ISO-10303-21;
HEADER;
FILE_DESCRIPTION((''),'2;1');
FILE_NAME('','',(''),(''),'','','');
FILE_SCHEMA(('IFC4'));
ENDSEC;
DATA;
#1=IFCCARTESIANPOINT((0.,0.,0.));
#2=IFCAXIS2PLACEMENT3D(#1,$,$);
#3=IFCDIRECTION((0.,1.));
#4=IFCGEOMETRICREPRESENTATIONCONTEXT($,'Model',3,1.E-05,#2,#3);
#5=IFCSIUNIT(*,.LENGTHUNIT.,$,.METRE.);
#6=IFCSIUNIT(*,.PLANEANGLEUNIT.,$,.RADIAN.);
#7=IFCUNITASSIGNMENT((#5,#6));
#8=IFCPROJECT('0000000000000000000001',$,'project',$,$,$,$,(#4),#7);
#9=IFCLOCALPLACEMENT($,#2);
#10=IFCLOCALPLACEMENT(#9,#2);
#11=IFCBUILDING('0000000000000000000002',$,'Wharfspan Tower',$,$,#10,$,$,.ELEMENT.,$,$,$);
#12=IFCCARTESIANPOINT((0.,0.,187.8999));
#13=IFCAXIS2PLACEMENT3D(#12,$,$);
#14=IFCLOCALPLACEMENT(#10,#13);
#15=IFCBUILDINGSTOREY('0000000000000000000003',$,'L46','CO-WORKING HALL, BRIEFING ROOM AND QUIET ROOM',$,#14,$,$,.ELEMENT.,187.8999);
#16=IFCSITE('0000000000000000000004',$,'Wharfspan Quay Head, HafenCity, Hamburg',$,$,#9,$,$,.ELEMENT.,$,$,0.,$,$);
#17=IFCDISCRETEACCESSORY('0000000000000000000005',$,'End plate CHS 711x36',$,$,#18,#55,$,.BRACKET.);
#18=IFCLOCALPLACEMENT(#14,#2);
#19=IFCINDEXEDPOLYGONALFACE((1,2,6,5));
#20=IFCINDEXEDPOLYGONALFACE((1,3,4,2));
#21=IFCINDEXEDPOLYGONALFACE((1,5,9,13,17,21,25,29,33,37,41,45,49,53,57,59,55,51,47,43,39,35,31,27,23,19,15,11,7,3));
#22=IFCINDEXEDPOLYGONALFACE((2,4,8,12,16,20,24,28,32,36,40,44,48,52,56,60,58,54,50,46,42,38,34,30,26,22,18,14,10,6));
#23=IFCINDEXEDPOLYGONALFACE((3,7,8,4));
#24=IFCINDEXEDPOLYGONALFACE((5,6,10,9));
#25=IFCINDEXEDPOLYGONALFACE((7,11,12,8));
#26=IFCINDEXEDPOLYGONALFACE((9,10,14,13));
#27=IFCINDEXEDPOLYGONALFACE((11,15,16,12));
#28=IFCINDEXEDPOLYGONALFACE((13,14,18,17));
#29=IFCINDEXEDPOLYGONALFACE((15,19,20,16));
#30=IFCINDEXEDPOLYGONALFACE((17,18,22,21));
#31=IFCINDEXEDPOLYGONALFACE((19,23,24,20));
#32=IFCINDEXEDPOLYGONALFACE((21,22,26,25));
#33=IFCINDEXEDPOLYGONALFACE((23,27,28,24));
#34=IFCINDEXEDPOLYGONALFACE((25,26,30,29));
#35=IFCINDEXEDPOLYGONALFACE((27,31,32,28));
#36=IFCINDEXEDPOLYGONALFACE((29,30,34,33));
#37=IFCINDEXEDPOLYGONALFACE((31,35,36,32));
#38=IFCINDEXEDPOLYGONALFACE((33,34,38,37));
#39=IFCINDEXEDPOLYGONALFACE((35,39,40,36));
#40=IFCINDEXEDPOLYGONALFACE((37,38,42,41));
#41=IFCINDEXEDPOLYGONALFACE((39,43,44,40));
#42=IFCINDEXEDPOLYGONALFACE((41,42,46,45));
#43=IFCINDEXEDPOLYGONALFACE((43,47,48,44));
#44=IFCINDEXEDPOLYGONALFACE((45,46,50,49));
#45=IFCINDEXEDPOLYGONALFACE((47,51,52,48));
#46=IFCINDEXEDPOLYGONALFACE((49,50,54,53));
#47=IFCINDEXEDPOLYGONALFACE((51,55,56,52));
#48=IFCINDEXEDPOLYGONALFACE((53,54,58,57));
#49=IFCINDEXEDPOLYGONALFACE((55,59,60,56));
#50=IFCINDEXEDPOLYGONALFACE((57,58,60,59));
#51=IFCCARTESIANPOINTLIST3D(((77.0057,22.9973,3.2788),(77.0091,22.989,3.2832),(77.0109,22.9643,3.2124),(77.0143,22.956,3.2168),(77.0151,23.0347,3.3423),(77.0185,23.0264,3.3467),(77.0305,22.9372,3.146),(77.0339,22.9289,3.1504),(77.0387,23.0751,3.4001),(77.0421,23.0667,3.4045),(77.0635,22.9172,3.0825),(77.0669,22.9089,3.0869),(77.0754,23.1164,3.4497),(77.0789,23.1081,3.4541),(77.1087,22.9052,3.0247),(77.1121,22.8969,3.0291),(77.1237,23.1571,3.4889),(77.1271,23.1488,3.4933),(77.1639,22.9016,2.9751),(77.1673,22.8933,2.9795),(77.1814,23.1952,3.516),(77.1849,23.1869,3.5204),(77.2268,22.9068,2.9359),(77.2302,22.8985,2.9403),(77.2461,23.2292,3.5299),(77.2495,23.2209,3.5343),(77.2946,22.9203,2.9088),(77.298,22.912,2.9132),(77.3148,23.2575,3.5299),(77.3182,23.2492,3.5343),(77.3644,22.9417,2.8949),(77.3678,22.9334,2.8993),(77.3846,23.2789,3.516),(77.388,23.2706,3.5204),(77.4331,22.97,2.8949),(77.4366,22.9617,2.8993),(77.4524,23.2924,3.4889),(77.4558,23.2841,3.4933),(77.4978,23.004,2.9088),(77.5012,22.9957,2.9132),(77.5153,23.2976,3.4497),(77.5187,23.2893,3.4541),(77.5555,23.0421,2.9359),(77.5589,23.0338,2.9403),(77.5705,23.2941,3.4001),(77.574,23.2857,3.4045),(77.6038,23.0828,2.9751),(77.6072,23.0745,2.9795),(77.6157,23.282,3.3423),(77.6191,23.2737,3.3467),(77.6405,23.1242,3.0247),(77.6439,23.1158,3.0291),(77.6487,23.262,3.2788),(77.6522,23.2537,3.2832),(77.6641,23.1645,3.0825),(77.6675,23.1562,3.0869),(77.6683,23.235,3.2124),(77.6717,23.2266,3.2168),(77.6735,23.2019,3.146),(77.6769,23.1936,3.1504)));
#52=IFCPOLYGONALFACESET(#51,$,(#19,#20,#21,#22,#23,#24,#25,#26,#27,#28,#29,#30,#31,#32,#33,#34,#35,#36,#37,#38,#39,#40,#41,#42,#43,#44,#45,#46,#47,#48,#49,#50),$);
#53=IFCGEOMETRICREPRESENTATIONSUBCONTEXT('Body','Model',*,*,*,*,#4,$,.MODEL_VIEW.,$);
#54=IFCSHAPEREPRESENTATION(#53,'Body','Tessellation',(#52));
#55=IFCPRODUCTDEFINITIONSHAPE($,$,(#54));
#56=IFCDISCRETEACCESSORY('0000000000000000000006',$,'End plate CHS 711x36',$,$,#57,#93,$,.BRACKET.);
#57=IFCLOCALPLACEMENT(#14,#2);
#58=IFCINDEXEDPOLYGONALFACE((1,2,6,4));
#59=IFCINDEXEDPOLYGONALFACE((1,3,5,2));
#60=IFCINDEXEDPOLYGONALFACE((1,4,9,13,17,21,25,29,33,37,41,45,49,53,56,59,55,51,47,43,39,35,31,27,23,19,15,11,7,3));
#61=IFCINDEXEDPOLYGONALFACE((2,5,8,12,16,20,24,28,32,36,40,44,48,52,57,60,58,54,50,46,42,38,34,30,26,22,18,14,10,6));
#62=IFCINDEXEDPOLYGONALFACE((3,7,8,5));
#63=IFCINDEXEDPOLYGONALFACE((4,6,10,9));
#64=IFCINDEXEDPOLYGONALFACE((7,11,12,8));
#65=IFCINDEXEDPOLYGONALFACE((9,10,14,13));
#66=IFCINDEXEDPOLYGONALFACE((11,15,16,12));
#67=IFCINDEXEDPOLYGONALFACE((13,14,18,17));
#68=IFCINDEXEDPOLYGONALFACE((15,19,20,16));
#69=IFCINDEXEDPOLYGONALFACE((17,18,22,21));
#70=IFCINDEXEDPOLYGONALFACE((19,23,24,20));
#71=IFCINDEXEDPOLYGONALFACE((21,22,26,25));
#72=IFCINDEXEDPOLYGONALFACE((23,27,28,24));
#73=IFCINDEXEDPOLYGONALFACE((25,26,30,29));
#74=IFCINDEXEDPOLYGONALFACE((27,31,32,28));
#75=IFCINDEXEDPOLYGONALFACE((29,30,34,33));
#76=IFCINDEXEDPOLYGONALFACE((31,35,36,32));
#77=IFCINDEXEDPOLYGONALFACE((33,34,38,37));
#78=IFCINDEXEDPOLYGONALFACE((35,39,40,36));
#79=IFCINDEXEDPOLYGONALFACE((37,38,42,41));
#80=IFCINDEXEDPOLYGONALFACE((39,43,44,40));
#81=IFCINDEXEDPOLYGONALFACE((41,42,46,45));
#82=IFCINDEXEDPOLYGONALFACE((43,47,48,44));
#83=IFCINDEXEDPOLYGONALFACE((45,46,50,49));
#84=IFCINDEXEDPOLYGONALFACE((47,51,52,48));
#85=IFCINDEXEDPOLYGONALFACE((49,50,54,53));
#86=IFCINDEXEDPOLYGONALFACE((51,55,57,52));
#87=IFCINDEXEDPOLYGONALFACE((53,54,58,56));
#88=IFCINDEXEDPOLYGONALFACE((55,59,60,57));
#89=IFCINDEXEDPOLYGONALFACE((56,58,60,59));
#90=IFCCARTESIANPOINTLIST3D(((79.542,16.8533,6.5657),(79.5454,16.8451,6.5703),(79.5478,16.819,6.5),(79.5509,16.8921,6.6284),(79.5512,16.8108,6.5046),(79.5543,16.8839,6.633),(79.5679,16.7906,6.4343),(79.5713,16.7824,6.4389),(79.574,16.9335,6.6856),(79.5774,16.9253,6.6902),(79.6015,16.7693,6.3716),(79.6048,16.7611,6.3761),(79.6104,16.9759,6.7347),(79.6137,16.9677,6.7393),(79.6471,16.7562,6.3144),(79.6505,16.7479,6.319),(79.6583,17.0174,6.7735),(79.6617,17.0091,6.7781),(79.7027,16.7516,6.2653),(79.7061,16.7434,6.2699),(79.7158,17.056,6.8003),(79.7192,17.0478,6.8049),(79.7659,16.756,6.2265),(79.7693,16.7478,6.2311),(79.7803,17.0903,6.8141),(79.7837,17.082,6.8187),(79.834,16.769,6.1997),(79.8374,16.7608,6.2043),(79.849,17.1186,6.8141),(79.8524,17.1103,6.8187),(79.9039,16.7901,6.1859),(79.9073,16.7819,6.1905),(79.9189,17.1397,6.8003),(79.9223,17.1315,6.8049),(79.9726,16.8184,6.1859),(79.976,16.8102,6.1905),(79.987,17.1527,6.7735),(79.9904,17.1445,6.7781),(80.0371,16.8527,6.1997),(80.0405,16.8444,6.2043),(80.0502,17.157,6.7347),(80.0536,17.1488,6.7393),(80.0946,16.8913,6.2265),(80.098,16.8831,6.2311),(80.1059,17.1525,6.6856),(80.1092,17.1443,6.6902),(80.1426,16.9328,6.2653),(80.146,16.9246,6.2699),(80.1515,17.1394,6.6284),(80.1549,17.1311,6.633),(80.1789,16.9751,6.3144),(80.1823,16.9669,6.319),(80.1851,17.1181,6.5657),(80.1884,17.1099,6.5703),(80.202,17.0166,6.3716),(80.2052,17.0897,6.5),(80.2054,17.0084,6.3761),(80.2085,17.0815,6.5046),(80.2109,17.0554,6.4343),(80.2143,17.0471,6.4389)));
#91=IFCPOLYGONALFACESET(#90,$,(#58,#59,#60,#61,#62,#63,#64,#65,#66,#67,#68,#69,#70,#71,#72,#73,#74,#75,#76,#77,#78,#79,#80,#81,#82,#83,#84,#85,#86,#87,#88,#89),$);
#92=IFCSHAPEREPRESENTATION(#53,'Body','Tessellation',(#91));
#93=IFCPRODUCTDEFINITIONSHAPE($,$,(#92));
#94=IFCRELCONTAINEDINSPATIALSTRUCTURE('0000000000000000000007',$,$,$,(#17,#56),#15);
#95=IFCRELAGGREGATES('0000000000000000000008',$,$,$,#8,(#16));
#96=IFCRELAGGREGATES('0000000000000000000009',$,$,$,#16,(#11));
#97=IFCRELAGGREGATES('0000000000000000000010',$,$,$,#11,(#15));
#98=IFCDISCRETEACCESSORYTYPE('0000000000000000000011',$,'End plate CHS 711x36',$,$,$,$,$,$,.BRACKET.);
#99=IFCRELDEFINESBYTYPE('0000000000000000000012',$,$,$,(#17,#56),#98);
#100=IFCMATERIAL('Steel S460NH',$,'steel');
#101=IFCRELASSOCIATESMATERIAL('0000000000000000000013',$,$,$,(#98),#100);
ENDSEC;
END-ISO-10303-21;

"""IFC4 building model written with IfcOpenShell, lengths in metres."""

from ifc_helpers import new_model, si_unit, direction, frame, origin, origin_2d, place, context, subcontext, project, spatial, circle, extrude, material, material_profile, profile_set, type_object, element, save


model = new_model("IFC4")

# Units and contexts
model_context = context("Model", 3, precision=1e-05, world=origin(), true_north=direction((0.0, 1.0)))
body_context = subcontext(model_context, "Body", "Model", "MODEL_VIEW")
ifc_project = project(units=[si_unit("LENGTHUNIT", "METRE"), si_unit("PLANEANGLEUNIT", "RADIAN")], contexts=[model_context])

# Site, building, storey
site_placement = place(None, origin())
site = spatial("IfcSite", under=ifc_project, at=site_placement, Name="Wharfspan Quay Head, HafenCity, Hamburg", CompositionType="ELEMENT", RefElevation=0.0)
building_placement = place(site_placement, origin())
building = spatial("IfcBuilding", under=site, at=building_placement, Name="Wharfspan Tower", CompositionType="ELEMENT")
storey_placement = place(building_placement, frame((0.0, 0.0, 187.8999)))
storey = spatial("IfcBuildingStorey", under=building, at=storey_placement, Name="L46", Description="CO-WORKING HALL, BRIEFING ROOM AND QUIET ROOM", CompositionType="ELEMENT", Elevation=187.8999)

# Shared definitions
ifc_material_1 = material(Name="Steel S460NH", Category="steel")

# Discrete accessories
ifc_material_profile_1 = material_profile(ifc_material_1, circle(Radius=0.3555, at=origin_2d()))
ifc_profile_set_1 = profile_set([ifc_material_profile_1], Name="Steel S460NH")
discrete_accessory_type = type_object("IfcDiscreteAccessoryType", Name="End plate CHS 711x36", PredefinedType="BRACKET", material=ifc_profile_set_1)
for number, where, z_axis, x_axis, name in (
    (1, (77.3396, 23.0996, 3.2124), (0.341972, -0.830504, 0.439679), (0.924678, 0.380749, -0.000001), "End plate CHS 711x36"),
    (2, (79.8765, 16.9543, 6.5), (0.338259, -0.821486, 0.459066), (0.924676, 0.380749, 0.0), "End plate CHS 711x36"),
):
    element("IfcDiscreteAccessory", number, at=place(storey_placement, frame(where, z_axis=z_axis, x_axis=x_axis)), inside=storey, type_object=discrete_accessory_type, Name=name, PredefinedType="BRACKET", context=body_context, shape_type="SweptSolid", body=[
        extrude(circle(Radius=0.3555, at=origin_2d()), origin(), (0.0, 0.0, 1.0), 0.01),
    ])

save(model, "model.ifc")
